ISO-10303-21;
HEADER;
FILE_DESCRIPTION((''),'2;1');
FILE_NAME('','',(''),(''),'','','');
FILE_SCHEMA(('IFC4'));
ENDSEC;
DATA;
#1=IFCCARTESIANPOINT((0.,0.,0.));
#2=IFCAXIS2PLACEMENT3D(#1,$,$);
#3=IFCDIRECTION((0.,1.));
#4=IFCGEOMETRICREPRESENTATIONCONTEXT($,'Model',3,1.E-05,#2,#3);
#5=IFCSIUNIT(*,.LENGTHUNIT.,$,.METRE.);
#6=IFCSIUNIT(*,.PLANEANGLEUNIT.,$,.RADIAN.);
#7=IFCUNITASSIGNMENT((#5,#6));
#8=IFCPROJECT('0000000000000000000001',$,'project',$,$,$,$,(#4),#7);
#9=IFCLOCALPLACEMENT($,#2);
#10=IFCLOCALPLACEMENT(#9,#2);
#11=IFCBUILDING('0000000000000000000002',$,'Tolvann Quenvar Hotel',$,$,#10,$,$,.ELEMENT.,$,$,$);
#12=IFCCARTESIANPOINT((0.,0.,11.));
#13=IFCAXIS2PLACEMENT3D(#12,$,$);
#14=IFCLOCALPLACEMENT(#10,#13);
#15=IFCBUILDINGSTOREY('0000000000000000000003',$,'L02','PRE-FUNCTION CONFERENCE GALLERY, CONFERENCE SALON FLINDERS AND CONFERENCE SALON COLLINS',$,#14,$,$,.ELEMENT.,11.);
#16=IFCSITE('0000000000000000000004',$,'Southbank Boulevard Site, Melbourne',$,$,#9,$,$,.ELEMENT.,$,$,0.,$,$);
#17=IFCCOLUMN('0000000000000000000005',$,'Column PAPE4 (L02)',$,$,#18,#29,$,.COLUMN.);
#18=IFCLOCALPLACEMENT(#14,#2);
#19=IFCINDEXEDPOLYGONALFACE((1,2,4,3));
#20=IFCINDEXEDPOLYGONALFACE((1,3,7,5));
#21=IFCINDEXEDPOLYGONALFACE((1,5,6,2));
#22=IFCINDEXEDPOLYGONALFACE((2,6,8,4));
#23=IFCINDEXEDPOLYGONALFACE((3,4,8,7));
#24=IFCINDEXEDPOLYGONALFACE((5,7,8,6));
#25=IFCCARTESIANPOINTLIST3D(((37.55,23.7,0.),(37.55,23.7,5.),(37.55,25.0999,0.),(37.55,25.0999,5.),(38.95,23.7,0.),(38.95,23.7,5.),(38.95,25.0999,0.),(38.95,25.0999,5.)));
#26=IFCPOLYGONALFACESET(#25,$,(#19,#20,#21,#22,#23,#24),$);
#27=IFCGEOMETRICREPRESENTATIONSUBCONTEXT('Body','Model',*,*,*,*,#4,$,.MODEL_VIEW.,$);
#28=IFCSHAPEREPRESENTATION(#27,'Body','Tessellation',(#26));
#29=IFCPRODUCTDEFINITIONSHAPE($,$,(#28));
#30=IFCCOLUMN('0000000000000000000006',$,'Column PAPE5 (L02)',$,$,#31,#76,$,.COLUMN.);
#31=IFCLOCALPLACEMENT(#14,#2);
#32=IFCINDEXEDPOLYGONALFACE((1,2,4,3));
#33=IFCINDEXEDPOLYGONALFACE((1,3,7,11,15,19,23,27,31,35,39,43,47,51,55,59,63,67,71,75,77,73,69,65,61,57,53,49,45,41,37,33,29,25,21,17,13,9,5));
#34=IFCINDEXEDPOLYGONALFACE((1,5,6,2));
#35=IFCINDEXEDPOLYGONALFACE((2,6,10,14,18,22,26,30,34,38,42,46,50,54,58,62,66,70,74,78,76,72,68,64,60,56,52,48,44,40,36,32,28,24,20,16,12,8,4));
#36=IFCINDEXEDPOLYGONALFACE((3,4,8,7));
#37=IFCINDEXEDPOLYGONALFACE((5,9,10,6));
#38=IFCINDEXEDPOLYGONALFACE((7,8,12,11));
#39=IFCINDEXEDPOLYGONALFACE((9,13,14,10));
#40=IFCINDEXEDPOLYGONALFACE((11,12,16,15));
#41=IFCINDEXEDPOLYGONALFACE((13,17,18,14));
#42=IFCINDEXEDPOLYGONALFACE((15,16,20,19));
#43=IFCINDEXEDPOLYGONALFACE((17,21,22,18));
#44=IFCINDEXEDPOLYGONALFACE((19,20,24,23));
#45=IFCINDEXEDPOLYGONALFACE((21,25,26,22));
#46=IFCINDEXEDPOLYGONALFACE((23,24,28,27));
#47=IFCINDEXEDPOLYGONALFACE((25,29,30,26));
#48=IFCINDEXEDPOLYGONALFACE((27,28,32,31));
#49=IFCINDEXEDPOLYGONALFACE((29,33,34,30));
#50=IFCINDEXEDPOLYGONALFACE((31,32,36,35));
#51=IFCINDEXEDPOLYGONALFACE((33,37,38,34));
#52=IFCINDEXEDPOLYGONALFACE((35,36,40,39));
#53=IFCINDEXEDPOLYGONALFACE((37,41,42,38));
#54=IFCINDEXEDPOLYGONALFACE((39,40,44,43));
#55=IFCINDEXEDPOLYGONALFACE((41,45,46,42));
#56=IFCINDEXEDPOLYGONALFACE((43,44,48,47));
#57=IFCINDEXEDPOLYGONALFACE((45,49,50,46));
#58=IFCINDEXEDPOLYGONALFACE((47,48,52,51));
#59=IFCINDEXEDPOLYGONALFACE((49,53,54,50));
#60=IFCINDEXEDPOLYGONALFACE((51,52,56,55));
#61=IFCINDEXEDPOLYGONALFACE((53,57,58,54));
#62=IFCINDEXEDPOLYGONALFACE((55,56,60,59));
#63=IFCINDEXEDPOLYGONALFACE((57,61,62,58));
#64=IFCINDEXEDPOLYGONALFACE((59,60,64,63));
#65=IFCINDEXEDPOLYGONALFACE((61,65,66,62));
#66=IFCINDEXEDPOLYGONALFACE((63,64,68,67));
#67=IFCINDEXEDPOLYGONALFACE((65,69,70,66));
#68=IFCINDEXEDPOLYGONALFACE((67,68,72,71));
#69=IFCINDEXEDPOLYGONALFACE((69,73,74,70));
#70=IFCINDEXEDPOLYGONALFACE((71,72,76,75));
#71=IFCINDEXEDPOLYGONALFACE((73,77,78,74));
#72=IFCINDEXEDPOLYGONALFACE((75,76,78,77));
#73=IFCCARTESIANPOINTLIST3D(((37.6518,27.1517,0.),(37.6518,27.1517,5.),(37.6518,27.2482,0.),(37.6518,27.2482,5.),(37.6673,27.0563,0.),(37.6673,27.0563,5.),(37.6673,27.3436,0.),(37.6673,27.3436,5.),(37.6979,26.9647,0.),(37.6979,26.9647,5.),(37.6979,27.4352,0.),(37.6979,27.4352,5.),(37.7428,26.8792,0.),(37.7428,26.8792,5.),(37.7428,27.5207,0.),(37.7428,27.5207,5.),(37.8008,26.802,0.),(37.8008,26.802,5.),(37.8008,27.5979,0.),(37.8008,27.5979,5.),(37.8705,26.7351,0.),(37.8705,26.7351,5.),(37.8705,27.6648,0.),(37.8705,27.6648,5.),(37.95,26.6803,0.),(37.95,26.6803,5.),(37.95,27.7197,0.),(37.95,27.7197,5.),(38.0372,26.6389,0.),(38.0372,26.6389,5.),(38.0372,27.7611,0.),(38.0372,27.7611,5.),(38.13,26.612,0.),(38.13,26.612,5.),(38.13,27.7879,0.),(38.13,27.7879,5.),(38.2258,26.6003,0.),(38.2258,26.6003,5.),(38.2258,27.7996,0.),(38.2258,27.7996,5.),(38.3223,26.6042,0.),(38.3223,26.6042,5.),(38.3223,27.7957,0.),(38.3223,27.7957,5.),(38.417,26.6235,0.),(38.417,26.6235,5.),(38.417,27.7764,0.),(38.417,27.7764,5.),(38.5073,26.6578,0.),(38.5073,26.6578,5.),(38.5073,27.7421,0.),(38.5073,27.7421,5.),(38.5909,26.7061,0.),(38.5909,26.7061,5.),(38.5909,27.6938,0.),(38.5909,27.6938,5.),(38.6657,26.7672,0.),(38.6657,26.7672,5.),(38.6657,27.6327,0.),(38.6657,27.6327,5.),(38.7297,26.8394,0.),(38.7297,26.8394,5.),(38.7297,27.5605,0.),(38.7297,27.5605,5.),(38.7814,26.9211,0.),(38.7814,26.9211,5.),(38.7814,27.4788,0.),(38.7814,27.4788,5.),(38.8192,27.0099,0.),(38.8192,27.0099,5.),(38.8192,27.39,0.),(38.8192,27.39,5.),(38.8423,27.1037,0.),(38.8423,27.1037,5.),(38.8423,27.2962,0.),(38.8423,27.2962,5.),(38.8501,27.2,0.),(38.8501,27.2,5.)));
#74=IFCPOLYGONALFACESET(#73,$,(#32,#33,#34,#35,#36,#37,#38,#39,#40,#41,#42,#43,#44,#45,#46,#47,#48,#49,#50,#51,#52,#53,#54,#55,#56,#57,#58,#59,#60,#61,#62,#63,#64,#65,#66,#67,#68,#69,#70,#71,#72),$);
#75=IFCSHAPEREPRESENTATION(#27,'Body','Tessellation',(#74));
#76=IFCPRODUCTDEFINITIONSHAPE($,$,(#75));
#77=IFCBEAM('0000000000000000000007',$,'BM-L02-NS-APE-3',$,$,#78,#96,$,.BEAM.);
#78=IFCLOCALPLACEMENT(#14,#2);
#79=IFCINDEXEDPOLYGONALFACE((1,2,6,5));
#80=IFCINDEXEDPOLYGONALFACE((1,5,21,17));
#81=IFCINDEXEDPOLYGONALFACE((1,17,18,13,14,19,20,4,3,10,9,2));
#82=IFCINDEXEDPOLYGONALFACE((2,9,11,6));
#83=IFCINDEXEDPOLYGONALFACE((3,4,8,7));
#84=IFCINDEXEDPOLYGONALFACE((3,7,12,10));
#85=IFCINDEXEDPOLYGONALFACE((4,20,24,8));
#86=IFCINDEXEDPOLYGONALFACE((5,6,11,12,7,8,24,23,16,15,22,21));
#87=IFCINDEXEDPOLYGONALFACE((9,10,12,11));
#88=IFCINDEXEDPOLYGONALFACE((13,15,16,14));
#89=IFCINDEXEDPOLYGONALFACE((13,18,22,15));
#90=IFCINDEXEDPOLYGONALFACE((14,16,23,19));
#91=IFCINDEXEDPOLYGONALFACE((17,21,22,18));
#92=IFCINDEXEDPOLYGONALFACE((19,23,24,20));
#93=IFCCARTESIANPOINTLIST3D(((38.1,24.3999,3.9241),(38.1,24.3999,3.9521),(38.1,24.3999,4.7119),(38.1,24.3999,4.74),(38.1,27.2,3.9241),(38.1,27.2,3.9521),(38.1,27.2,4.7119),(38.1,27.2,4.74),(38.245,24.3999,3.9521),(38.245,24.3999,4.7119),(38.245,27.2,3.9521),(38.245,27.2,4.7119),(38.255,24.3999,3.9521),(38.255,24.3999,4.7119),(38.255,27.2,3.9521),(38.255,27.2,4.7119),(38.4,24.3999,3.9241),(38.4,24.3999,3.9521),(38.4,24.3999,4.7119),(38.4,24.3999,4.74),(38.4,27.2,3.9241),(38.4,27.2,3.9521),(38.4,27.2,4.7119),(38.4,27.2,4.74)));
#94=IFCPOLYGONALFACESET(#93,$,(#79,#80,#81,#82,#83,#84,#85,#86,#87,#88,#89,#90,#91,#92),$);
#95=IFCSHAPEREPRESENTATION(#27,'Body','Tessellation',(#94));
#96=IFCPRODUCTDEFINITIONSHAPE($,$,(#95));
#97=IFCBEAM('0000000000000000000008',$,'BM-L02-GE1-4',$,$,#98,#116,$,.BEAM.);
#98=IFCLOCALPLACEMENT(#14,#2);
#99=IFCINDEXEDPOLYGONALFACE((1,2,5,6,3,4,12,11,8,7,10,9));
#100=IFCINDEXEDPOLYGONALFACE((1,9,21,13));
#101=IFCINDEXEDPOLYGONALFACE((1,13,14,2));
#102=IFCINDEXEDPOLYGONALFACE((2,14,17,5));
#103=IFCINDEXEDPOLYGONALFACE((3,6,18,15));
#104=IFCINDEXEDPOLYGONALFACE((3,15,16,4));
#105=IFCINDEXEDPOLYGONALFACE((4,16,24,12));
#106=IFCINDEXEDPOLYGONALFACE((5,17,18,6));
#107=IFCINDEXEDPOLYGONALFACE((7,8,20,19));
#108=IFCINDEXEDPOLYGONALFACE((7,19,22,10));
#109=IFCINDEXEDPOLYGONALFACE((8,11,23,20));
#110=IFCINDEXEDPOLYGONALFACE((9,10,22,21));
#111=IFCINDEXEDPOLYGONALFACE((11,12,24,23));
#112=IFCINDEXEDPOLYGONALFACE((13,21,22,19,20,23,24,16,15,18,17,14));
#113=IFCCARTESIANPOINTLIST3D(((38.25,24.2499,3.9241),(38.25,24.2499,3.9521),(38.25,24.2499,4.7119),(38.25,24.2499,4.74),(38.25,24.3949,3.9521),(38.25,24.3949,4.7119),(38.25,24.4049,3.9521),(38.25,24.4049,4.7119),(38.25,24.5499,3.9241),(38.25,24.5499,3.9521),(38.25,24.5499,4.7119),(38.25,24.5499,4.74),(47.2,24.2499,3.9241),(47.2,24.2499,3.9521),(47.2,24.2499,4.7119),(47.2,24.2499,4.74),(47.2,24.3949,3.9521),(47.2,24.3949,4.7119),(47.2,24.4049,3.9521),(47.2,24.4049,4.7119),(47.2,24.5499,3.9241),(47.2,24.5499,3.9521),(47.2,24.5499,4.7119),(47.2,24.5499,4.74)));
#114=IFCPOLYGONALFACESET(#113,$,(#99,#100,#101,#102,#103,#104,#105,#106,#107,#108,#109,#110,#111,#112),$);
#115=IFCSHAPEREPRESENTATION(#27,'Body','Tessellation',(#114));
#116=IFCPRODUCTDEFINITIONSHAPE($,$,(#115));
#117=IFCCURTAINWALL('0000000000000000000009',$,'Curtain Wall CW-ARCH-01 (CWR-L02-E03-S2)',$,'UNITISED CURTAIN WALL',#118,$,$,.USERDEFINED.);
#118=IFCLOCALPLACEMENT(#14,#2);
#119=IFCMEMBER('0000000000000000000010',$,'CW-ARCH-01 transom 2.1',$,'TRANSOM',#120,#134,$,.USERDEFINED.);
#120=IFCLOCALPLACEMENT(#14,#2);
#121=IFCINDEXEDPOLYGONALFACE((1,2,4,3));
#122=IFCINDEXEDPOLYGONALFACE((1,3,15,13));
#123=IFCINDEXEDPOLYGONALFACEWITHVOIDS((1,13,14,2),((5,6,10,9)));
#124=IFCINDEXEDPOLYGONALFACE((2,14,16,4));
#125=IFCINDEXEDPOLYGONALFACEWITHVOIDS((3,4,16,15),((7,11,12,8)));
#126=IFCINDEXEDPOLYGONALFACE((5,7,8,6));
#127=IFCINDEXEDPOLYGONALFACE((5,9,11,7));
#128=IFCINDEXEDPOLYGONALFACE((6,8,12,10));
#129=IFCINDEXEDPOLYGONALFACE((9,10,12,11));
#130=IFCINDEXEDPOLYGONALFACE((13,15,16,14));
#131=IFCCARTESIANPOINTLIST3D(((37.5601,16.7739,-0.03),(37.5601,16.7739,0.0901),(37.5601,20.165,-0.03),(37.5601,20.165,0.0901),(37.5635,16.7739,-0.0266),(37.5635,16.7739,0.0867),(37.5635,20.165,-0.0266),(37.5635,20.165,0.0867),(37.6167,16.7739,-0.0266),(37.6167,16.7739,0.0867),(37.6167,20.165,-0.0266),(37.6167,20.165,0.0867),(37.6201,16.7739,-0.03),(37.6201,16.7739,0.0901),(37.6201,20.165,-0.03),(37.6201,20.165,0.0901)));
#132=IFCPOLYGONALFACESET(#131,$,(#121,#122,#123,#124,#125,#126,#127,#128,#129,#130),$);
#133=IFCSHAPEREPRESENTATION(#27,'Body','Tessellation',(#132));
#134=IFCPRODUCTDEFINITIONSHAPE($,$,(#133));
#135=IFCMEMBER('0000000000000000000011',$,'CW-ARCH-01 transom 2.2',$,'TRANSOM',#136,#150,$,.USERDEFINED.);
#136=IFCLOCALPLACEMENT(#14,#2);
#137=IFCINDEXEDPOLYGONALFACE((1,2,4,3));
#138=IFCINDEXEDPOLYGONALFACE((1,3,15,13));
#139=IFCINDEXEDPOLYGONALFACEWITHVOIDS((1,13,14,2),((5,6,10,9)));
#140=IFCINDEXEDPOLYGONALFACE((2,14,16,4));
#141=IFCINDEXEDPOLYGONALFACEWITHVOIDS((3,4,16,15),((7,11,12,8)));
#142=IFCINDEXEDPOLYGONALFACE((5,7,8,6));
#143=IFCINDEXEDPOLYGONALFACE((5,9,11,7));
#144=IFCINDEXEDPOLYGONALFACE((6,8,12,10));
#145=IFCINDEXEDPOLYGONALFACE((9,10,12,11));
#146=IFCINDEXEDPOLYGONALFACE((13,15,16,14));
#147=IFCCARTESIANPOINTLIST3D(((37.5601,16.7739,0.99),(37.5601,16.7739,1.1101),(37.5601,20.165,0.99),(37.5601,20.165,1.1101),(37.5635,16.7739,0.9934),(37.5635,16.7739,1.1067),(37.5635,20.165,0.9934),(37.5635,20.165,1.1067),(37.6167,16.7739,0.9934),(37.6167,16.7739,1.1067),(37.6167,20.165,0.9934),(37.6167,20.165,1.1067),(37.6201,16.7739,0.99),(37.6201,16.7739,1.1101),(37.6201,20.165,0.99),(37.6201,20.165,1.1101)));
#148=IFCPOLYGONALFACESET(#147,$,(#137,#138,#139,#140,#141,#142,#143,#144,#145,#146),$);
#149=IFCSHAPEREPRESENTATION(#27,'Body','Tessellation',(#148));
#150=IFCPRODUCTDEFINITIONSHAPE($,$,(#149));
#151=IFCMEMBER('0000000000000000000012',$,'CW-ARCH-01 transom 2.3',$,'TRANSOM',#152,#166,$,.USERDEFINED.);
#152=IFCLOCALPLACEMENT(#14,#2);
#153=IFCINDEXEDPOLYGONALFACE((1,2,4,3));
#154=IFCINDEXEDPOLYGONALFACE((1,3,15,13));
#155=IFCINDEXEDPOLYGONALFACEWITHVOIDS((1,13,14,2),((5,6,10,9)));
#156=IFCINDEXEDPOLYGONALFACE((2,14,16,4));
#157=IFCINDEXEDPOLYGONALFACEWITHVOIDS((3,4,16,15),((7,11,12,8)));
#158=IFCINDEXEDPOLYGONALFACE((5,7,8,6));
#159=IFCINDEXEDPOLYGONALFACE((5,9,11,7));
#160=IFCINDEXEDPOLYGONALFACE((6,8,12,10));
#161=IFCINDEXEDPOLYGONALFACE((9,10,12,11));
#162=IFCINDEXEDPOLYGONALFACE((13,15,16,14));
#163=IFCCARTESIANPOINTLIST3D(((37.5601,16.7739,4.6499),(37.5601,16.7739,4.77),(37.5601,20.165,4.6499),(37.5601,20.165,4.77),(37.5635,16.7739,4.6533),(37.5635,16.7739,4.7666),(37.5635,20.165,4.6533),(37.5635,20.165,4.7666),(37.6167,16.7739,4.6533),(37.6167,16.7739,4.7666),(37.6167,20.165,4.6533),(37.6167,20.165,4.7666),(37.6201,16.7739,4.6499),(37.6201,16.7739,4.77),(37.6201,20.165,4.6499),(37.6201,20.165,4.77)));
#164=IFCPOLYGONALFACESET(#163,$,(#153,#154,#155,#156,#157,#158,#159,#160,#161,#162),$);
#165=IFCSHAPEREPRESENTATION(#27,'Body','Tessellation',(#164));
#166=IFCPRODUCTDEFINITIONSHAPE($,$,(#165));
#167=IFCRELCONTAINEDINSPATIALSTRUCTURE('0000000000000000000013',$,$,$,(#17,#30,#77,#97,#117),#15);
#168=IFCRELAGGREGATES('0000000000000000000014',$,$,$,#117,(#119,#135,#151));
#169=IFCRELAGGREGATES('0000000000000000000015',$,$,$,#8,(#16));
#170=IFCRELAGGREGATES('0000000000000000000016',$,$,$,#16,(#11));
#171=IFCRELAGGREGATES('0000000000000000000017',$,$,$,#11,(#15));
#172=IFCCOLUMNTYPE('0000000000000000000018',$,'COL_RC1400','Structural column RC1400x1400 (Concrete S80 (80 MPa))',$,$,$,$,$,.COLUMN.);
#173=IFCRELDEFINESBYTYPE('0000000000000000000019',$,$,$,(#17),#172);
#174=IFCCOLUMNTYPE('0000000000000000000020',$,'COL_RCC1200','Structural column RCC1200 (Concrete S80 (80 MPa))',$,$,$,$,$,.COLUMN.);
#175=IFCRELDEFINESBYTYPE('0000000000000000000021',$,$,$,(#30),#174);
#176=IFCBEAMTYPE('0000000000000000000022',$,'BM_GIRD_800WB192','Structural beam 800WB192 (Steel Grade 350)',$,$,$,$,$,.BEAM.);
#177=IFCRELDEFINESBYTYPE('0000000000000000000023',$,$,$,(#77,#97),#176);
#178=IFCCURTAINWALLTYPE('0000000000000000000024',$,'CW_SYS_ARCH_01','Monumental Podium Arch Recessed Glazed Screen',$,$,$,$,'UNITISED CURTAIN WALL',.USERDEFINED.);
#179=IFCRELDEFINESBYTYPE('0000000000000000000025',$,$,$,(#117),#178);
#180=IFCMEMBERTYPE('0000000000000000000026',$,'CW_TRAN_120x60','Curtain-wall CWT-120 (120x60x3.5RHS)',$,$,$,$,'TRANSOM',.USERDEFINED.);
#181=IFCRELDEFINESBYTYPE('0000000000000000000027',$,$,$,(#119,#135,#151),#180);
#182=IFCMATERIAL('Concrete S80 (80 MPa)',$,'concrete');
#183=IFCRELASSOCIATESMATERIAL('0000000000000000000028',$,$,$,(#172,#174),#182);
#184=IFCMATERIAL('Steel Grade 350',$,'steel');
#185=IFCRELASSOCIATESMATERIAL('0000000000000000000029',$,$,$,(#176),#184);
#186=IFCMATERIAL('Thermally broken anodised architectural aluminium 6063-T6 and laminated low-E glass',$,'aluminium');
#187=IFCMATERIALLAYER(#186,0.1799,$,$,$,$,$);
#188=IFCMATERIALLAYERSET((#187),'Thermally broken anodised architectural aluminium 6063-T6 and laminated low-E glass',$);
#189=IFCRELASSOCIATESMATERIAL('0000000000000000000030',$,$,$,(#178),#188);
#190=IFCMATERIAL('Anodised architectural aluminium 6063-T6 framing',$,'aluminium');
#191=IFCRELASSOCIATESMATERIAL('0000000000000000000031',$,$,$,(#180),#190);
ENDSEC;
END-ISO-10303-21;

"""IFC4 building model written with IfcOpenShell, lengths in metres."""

from ifc_helpers import new_model, si_unit, direction, frame, origin, origin_2d, place, context, subcontext, project, spatial, rectangle, hollow_rectangle, circle, i_section, extrude, source, transform, mapped, material, layer, layer_set, material_profile, profile_set, type_object, type_shapes, element, aggregate, save


model = new_model("IFC4")

# Units and contexts
model_context = context("Model", 3, precision=1e-05, world=origin(), true_north=direction((0.0, 1.0)))
body_context = subcontext(model_context, "Body", "Model", "MODEL_VIEW")
ifc_project = project(units=[si_unit("LENGTHUNIT", "METRE"), si_unit("PLANEANGLEUNIT", "RADIAN")], contexts=[model_context])

# Site, building, storey
site_placement = place(None, origin())
site = spatial("IfcSite", under=ifc_project, at=site_placement, Name="Southbank Boulevard Site, Melbourne", CompositionType="ELEMENT", RefElevation=0.0)
building_placement = place(site_placement, origin())
building = spatial("IfcBuilding", under=site, at=building_placement, Name="Tolvann Quenvar Hotel", CompositionType="ELEMENT")
storey_placement = place(building_placement, frame((0.0, 0.0, 11.0)))
storey = spatial("IfcBuildingStorey", under=building, at=storey_placement, Name="L02", Description="PRE-FUNCTION CONFERENCE GALLERY, CONFERENCE SALON FLINDERS AND CONFERENCE SALON COLLINS", CompositionType="ELEMENT", Elevation=11.0)

# Columns
ifc_material_1 = material(Name="Concrete S80 (80 MPa)", Category="concrete")
ifc_material_profile_1 = material_profile(ifc_material_1, rectangle(XDim=1.3999, YDim=1.3999, at=origin_2d()), Name="RC1400x1400")
ifc_profile_set_1 = profile_set([ifc_material_profile_1], Name="Concrete S80 (80 MPa)")
column_type_1 = type_object("IfcColumnType", Name="COL_RC1400", Description="Structural column RC1400x1400 (Concrete S80 (80 MPa))", PredefinedType="COLUMN", material=ifc_profile_set_1)
shared_shape_1 = source(origin(), body_context, "Body", "SweptSolid", [
    extrude(rectangle(XDim=1.3999, YDim=1.3999, at=origin_2d()), origin(), (0.0, 0.0, 1.0), 5.0),
])
type_shapes(column_type_1, [shared_shape_1])
column_1_placement = place(storey_placement, frame((38.25, 24.3999, 0.0), z_axis=(0.0, 0.0, 1.0), x_axis=(1.0, 0.0, 0.0)))
element("IfcColumn", 1, at=column_1_placement, inside=storey, type_object=column_type_1, Name="Column PAPE4 (L02)", PredefinedType="COLUMN", context=body_context, shape_type="MappedRepresentation", body=[
    mapped(shared_shape_1, transform((0.0, 0.0, 0.0), x_axis=(1.0, 0.0, 0.0), y_axis=(0.0, 1.0, 0.0), z_axis=(0.0, 0.0, 1.0), scale=1.0)),
])
ifc_material_profile_2 = material_profile(ifc_material_1, circle(Radius=0.6001, at=origin_2d()), Name="RCC1200")
ifc_profile_set_2 = profile_set([ifc_material_profile_2], Name="Concrete S80 (80 MPa)")
column_type_2 = type_object("IfcColumnType", Name="COL_RCC1200", Description="Structural column RCC1200 (Concrete S80 (80 MPa))", PredefinedType="COLUMN", material=ifc_profile_set_2)
shared_shape_2 = source(origin(), body_context, "Body", "SweptSolid", [
    extrude(circle(Radius=0.6001, at=origin_2d()), origin(), (0.0, 0.0, 1.0), 5.0),
])
type_shapes(column_type_2, [shared_shape_2])
column_2_placement = place(storey_placement, frame((38.25, 27.2, 0.0), z_axis=(0.0, 0.0, 1.0), x_axis=(1.0, 0.0, 0.0)))
element("IfcColumn", 2, at=column_2_placement, inside=storey, type_object=column_type_2, Name="Column PAPE5 (L02)", PredefinedType="COLUMN", context=body_context, shape_type="MappedRepresentation", body=[
    mapped(shared_shape_2, transform((0.0, 0.0, 0.0), x_axis=(1.0, 0.0, 0.0), y_axis=(0.0, 1.0, 0.0), z_axis=(0.0, 0.0, 1.0), scale=1.0)),
])

# Beams
ifc_material_2 = material(Name="Steel Grade 350", Category="steel")
ifc_material_profile_3 = material_profile(ifc_material_2, i_section(OverallWidth=0.3, OverallDepth=0.8159, WebThickness=0.01, FlangeThickness=0.0281, at=origin_2d()), Name="800WB192")
ifc_profile_set_3 = profile_set([ifc_material_profile_3], Name="Steel Grade 350")
beam_type = type_object("IfcBeamType", Name="BM_GIRD_800WB192", Description="Structural beam 800WB192 (Steel Grade 350)", PredefinedType="BEAM", material=ifc_profile_set_3)
shared_shape_3 = source(origin(), body_context, "Body", "SweptSolid", [
    extrude(i_section(OverallWidth=0.3, OverallDepth=0.8159, WebThickness=0.01, FlangeThickness=0.0281, at=origin_2d()), origin(), (0.0, 0.0, 1.0), 2.8),
])
beam_1_placement = place(storey_placement, frame((38.25, 24.3999, 4.332), z_axis=(0.0, 1.0, 0.0), x_axis=(-1.0, 0.0, 0.0)))
element("IfcBeam", 3, at=beam_1_placement, inside=storey, type_object=beam_type, Name="BM-L02-NS-APE-3", PredefinedType="BEAM", context=body_context, shape_type="MappedRepresentation", body=[
    mapped(shared_shape_3, transform((0.0, 0.0, 0.0), x_axis=(1.0, 0.0, 0.0), y_axis=(0.0, 1.0, 0.0), z_axis=(0.0, 0.0, 1.0), scale=1.0)),
])
shared_shape_4 = source(origin(), body_context, "Body", "SweptSolid", [
    extrude(i_section(OverallWidth=0.3, OverallDepth=0.8159, WebThickness=0.01, FlangeThickness=0.0281, at=origin_2d()), origin(), (0.0, 0.0, 1.0), 8.95),
])
type_shapes(beam_type, [shared_shape_3, shared_shape_4])
beam_2_placement = place(storey_placement, frame((38.25, 24.3999, 4.332), z_axis=(1.0, 0.0, 0.0), x_axis=(0.0, 1.0, 0.0)))
element("IfcBeam", 4, at=beam_2_placement, inside=storey, type_object=beam_type, Name="BM-L02-GE1-4", PredefinedType="BEAM", context=body_context, shape_type="MappedRepresentation", body=[
    mapped(shared_shape_4, transform((0.0, 0.0, 0.0), x_axis=(1.0, 0.0, 0.0), y_axis=(0.0, 1.0, 0.0), z_axis=(0.0, 0.0, 1.0), scale=1.0)),
])

# Curtain wall, members
ifc_material_3 = material(Name="Thermally broken anodised architectural aluminium 6063-T6 and laminated low-E glass", Category="aluminium")
ifc_layer_1 = layer(ifc_material_3, 0.1799)
ifc_layer_set_1 = layer_set([ifc_layer_1], Name="Thermally broken anodised architectural aluminium 6063-T6 and laminated low-E glass")
curtain_wall_type = type_object("IfcCurtainWallType", Name="CW_SYS_ARCH_01", Description="Monumental Podium Arch Recessed Glazed Screen", ElementType="UNITISED CURTAIN WALL", PredefinedType="USERDEFINED", material=ifc_layer_set_1)
curtain_wall_1_placement = place(storey_placement, origin())
curtain_wall_1 = element("IfcCurtainWall", 5, at=curtain_wall_1_placement, inside=storey, type_object=curtain_wall_type, Name="Curtain Wall CW-ARCH-01 (CWR-L02-E03-S2)", ObjectType="UNITISED CURTAIN WALL", PredefinedType="USERDEFINED")
ifc_material_4 = material(Name="Anodised architectural aluminium 6063-T6 framing", Category="aluminium")
ifc_material_profile_4 = material_profile(ifc_material_4, hollow_rectangle(XDim=0.0601, YDim=0.1201, WallThickness=0.0034, at=origin_2d()), Name="120x60x3.5RHS")
ifc_profile_set_4 = profile_set([ifc_material_profile_4], Name="Anodised architectural aluminium 6063-T6 framing")
member_type_1 = type_object("IfcMemberType", Name="CW_TRAN_120x60", Description="Curtain-wall CWT-120 (120x60x3.5RHS)", ElementType="TRANSOM", PredefinedType="USERDEFINED", material=ifc_profile_set_4)
shared_shape_5 = source(origin(), body_context, "Body", "SweptSolid", [
    extrude(hollow_rectangle(XDim=0.0601, YDim=0.1201, WallThickness=0.0034, at=origin_2d()), origin(), (0.0, 0.0, 1.0), 3.3911),
])
member_1_placement = place(storey_placement, frame((37.5901, 20.165, 0.03), z_axis=(0.0, -1.0, 0.0), x_axis=(1.0, 0.0, 0.0)))
member_1 = element("IfcMember", 6, at=member_1_placement, type_object=member_type_1, Name="CW-ARCH-01 transom 2.1", ObjectType="TRANSOM", PredefinedType="USERDEFINED", context=body_context, shape_type="MappedRepresentation", body=[
    mapped(shared_shape_5, transform((0.0, 0.0, 0.0), x_axis=(1.0, 0.0, 0.0), y_axis=(0.0, 1.0, 0.0), z_axis=(0.0, 0.0, 1.0), scale=1.0)),
])
member_2_placement = place(storey_placement, frame((37.5901, 20.165, 1.05), z_axis=(0.0, -1.0, 0.0), x_axis=(1.0, 0.0, 0.0)))
member_2 = element("IfcMember", 7, at=member_2_placement, type_object=member_type_1, Name="CW-ARCH-01 transom 2.2", ObjectType="TRANSOM", PredefinedType="USERDEFINED", context=body_context, shape_type="MappedRepresentation", body=[
    mapped(shared_shape_5, transform((0.0, 0.0, 0.0), x_axis=(1.0, 0.0, 0.0), y_axis=(0.0, 1.0, 0.0), z_axis=(0.0, 0.0, 1.0), scale=1.0)),
])
member_3_placement = place(storey_placement, frame((37.5901, 20.165, 4.71), z_axis=(0.0, -1.0, 0.0), x_axis=(1.0, 0.0, 0.0)))
member_3 = element("IfcMember", 8, at=member_3_placement, type_object=member_type_1, Name="CW-ARCH-01 transom 2.3", ObjectType="TRANSOM", PredefinedType="USERDEFINED", context=body_context, shape_type="MappedRepresentation", body=[
    mapped(shared_shape_5, transform((0.0, 0.0, 0.0), x_axis=(1.0, 0.0, 0.0), y_axis=(0.0, 1.0, 0.0), z_axis=(0.0, 0.0, 1.0), scale=1.0)),
])

aggregate(curtain_wall_1, [member_1, member_2, member_3])

save(model, "model.ifc")
